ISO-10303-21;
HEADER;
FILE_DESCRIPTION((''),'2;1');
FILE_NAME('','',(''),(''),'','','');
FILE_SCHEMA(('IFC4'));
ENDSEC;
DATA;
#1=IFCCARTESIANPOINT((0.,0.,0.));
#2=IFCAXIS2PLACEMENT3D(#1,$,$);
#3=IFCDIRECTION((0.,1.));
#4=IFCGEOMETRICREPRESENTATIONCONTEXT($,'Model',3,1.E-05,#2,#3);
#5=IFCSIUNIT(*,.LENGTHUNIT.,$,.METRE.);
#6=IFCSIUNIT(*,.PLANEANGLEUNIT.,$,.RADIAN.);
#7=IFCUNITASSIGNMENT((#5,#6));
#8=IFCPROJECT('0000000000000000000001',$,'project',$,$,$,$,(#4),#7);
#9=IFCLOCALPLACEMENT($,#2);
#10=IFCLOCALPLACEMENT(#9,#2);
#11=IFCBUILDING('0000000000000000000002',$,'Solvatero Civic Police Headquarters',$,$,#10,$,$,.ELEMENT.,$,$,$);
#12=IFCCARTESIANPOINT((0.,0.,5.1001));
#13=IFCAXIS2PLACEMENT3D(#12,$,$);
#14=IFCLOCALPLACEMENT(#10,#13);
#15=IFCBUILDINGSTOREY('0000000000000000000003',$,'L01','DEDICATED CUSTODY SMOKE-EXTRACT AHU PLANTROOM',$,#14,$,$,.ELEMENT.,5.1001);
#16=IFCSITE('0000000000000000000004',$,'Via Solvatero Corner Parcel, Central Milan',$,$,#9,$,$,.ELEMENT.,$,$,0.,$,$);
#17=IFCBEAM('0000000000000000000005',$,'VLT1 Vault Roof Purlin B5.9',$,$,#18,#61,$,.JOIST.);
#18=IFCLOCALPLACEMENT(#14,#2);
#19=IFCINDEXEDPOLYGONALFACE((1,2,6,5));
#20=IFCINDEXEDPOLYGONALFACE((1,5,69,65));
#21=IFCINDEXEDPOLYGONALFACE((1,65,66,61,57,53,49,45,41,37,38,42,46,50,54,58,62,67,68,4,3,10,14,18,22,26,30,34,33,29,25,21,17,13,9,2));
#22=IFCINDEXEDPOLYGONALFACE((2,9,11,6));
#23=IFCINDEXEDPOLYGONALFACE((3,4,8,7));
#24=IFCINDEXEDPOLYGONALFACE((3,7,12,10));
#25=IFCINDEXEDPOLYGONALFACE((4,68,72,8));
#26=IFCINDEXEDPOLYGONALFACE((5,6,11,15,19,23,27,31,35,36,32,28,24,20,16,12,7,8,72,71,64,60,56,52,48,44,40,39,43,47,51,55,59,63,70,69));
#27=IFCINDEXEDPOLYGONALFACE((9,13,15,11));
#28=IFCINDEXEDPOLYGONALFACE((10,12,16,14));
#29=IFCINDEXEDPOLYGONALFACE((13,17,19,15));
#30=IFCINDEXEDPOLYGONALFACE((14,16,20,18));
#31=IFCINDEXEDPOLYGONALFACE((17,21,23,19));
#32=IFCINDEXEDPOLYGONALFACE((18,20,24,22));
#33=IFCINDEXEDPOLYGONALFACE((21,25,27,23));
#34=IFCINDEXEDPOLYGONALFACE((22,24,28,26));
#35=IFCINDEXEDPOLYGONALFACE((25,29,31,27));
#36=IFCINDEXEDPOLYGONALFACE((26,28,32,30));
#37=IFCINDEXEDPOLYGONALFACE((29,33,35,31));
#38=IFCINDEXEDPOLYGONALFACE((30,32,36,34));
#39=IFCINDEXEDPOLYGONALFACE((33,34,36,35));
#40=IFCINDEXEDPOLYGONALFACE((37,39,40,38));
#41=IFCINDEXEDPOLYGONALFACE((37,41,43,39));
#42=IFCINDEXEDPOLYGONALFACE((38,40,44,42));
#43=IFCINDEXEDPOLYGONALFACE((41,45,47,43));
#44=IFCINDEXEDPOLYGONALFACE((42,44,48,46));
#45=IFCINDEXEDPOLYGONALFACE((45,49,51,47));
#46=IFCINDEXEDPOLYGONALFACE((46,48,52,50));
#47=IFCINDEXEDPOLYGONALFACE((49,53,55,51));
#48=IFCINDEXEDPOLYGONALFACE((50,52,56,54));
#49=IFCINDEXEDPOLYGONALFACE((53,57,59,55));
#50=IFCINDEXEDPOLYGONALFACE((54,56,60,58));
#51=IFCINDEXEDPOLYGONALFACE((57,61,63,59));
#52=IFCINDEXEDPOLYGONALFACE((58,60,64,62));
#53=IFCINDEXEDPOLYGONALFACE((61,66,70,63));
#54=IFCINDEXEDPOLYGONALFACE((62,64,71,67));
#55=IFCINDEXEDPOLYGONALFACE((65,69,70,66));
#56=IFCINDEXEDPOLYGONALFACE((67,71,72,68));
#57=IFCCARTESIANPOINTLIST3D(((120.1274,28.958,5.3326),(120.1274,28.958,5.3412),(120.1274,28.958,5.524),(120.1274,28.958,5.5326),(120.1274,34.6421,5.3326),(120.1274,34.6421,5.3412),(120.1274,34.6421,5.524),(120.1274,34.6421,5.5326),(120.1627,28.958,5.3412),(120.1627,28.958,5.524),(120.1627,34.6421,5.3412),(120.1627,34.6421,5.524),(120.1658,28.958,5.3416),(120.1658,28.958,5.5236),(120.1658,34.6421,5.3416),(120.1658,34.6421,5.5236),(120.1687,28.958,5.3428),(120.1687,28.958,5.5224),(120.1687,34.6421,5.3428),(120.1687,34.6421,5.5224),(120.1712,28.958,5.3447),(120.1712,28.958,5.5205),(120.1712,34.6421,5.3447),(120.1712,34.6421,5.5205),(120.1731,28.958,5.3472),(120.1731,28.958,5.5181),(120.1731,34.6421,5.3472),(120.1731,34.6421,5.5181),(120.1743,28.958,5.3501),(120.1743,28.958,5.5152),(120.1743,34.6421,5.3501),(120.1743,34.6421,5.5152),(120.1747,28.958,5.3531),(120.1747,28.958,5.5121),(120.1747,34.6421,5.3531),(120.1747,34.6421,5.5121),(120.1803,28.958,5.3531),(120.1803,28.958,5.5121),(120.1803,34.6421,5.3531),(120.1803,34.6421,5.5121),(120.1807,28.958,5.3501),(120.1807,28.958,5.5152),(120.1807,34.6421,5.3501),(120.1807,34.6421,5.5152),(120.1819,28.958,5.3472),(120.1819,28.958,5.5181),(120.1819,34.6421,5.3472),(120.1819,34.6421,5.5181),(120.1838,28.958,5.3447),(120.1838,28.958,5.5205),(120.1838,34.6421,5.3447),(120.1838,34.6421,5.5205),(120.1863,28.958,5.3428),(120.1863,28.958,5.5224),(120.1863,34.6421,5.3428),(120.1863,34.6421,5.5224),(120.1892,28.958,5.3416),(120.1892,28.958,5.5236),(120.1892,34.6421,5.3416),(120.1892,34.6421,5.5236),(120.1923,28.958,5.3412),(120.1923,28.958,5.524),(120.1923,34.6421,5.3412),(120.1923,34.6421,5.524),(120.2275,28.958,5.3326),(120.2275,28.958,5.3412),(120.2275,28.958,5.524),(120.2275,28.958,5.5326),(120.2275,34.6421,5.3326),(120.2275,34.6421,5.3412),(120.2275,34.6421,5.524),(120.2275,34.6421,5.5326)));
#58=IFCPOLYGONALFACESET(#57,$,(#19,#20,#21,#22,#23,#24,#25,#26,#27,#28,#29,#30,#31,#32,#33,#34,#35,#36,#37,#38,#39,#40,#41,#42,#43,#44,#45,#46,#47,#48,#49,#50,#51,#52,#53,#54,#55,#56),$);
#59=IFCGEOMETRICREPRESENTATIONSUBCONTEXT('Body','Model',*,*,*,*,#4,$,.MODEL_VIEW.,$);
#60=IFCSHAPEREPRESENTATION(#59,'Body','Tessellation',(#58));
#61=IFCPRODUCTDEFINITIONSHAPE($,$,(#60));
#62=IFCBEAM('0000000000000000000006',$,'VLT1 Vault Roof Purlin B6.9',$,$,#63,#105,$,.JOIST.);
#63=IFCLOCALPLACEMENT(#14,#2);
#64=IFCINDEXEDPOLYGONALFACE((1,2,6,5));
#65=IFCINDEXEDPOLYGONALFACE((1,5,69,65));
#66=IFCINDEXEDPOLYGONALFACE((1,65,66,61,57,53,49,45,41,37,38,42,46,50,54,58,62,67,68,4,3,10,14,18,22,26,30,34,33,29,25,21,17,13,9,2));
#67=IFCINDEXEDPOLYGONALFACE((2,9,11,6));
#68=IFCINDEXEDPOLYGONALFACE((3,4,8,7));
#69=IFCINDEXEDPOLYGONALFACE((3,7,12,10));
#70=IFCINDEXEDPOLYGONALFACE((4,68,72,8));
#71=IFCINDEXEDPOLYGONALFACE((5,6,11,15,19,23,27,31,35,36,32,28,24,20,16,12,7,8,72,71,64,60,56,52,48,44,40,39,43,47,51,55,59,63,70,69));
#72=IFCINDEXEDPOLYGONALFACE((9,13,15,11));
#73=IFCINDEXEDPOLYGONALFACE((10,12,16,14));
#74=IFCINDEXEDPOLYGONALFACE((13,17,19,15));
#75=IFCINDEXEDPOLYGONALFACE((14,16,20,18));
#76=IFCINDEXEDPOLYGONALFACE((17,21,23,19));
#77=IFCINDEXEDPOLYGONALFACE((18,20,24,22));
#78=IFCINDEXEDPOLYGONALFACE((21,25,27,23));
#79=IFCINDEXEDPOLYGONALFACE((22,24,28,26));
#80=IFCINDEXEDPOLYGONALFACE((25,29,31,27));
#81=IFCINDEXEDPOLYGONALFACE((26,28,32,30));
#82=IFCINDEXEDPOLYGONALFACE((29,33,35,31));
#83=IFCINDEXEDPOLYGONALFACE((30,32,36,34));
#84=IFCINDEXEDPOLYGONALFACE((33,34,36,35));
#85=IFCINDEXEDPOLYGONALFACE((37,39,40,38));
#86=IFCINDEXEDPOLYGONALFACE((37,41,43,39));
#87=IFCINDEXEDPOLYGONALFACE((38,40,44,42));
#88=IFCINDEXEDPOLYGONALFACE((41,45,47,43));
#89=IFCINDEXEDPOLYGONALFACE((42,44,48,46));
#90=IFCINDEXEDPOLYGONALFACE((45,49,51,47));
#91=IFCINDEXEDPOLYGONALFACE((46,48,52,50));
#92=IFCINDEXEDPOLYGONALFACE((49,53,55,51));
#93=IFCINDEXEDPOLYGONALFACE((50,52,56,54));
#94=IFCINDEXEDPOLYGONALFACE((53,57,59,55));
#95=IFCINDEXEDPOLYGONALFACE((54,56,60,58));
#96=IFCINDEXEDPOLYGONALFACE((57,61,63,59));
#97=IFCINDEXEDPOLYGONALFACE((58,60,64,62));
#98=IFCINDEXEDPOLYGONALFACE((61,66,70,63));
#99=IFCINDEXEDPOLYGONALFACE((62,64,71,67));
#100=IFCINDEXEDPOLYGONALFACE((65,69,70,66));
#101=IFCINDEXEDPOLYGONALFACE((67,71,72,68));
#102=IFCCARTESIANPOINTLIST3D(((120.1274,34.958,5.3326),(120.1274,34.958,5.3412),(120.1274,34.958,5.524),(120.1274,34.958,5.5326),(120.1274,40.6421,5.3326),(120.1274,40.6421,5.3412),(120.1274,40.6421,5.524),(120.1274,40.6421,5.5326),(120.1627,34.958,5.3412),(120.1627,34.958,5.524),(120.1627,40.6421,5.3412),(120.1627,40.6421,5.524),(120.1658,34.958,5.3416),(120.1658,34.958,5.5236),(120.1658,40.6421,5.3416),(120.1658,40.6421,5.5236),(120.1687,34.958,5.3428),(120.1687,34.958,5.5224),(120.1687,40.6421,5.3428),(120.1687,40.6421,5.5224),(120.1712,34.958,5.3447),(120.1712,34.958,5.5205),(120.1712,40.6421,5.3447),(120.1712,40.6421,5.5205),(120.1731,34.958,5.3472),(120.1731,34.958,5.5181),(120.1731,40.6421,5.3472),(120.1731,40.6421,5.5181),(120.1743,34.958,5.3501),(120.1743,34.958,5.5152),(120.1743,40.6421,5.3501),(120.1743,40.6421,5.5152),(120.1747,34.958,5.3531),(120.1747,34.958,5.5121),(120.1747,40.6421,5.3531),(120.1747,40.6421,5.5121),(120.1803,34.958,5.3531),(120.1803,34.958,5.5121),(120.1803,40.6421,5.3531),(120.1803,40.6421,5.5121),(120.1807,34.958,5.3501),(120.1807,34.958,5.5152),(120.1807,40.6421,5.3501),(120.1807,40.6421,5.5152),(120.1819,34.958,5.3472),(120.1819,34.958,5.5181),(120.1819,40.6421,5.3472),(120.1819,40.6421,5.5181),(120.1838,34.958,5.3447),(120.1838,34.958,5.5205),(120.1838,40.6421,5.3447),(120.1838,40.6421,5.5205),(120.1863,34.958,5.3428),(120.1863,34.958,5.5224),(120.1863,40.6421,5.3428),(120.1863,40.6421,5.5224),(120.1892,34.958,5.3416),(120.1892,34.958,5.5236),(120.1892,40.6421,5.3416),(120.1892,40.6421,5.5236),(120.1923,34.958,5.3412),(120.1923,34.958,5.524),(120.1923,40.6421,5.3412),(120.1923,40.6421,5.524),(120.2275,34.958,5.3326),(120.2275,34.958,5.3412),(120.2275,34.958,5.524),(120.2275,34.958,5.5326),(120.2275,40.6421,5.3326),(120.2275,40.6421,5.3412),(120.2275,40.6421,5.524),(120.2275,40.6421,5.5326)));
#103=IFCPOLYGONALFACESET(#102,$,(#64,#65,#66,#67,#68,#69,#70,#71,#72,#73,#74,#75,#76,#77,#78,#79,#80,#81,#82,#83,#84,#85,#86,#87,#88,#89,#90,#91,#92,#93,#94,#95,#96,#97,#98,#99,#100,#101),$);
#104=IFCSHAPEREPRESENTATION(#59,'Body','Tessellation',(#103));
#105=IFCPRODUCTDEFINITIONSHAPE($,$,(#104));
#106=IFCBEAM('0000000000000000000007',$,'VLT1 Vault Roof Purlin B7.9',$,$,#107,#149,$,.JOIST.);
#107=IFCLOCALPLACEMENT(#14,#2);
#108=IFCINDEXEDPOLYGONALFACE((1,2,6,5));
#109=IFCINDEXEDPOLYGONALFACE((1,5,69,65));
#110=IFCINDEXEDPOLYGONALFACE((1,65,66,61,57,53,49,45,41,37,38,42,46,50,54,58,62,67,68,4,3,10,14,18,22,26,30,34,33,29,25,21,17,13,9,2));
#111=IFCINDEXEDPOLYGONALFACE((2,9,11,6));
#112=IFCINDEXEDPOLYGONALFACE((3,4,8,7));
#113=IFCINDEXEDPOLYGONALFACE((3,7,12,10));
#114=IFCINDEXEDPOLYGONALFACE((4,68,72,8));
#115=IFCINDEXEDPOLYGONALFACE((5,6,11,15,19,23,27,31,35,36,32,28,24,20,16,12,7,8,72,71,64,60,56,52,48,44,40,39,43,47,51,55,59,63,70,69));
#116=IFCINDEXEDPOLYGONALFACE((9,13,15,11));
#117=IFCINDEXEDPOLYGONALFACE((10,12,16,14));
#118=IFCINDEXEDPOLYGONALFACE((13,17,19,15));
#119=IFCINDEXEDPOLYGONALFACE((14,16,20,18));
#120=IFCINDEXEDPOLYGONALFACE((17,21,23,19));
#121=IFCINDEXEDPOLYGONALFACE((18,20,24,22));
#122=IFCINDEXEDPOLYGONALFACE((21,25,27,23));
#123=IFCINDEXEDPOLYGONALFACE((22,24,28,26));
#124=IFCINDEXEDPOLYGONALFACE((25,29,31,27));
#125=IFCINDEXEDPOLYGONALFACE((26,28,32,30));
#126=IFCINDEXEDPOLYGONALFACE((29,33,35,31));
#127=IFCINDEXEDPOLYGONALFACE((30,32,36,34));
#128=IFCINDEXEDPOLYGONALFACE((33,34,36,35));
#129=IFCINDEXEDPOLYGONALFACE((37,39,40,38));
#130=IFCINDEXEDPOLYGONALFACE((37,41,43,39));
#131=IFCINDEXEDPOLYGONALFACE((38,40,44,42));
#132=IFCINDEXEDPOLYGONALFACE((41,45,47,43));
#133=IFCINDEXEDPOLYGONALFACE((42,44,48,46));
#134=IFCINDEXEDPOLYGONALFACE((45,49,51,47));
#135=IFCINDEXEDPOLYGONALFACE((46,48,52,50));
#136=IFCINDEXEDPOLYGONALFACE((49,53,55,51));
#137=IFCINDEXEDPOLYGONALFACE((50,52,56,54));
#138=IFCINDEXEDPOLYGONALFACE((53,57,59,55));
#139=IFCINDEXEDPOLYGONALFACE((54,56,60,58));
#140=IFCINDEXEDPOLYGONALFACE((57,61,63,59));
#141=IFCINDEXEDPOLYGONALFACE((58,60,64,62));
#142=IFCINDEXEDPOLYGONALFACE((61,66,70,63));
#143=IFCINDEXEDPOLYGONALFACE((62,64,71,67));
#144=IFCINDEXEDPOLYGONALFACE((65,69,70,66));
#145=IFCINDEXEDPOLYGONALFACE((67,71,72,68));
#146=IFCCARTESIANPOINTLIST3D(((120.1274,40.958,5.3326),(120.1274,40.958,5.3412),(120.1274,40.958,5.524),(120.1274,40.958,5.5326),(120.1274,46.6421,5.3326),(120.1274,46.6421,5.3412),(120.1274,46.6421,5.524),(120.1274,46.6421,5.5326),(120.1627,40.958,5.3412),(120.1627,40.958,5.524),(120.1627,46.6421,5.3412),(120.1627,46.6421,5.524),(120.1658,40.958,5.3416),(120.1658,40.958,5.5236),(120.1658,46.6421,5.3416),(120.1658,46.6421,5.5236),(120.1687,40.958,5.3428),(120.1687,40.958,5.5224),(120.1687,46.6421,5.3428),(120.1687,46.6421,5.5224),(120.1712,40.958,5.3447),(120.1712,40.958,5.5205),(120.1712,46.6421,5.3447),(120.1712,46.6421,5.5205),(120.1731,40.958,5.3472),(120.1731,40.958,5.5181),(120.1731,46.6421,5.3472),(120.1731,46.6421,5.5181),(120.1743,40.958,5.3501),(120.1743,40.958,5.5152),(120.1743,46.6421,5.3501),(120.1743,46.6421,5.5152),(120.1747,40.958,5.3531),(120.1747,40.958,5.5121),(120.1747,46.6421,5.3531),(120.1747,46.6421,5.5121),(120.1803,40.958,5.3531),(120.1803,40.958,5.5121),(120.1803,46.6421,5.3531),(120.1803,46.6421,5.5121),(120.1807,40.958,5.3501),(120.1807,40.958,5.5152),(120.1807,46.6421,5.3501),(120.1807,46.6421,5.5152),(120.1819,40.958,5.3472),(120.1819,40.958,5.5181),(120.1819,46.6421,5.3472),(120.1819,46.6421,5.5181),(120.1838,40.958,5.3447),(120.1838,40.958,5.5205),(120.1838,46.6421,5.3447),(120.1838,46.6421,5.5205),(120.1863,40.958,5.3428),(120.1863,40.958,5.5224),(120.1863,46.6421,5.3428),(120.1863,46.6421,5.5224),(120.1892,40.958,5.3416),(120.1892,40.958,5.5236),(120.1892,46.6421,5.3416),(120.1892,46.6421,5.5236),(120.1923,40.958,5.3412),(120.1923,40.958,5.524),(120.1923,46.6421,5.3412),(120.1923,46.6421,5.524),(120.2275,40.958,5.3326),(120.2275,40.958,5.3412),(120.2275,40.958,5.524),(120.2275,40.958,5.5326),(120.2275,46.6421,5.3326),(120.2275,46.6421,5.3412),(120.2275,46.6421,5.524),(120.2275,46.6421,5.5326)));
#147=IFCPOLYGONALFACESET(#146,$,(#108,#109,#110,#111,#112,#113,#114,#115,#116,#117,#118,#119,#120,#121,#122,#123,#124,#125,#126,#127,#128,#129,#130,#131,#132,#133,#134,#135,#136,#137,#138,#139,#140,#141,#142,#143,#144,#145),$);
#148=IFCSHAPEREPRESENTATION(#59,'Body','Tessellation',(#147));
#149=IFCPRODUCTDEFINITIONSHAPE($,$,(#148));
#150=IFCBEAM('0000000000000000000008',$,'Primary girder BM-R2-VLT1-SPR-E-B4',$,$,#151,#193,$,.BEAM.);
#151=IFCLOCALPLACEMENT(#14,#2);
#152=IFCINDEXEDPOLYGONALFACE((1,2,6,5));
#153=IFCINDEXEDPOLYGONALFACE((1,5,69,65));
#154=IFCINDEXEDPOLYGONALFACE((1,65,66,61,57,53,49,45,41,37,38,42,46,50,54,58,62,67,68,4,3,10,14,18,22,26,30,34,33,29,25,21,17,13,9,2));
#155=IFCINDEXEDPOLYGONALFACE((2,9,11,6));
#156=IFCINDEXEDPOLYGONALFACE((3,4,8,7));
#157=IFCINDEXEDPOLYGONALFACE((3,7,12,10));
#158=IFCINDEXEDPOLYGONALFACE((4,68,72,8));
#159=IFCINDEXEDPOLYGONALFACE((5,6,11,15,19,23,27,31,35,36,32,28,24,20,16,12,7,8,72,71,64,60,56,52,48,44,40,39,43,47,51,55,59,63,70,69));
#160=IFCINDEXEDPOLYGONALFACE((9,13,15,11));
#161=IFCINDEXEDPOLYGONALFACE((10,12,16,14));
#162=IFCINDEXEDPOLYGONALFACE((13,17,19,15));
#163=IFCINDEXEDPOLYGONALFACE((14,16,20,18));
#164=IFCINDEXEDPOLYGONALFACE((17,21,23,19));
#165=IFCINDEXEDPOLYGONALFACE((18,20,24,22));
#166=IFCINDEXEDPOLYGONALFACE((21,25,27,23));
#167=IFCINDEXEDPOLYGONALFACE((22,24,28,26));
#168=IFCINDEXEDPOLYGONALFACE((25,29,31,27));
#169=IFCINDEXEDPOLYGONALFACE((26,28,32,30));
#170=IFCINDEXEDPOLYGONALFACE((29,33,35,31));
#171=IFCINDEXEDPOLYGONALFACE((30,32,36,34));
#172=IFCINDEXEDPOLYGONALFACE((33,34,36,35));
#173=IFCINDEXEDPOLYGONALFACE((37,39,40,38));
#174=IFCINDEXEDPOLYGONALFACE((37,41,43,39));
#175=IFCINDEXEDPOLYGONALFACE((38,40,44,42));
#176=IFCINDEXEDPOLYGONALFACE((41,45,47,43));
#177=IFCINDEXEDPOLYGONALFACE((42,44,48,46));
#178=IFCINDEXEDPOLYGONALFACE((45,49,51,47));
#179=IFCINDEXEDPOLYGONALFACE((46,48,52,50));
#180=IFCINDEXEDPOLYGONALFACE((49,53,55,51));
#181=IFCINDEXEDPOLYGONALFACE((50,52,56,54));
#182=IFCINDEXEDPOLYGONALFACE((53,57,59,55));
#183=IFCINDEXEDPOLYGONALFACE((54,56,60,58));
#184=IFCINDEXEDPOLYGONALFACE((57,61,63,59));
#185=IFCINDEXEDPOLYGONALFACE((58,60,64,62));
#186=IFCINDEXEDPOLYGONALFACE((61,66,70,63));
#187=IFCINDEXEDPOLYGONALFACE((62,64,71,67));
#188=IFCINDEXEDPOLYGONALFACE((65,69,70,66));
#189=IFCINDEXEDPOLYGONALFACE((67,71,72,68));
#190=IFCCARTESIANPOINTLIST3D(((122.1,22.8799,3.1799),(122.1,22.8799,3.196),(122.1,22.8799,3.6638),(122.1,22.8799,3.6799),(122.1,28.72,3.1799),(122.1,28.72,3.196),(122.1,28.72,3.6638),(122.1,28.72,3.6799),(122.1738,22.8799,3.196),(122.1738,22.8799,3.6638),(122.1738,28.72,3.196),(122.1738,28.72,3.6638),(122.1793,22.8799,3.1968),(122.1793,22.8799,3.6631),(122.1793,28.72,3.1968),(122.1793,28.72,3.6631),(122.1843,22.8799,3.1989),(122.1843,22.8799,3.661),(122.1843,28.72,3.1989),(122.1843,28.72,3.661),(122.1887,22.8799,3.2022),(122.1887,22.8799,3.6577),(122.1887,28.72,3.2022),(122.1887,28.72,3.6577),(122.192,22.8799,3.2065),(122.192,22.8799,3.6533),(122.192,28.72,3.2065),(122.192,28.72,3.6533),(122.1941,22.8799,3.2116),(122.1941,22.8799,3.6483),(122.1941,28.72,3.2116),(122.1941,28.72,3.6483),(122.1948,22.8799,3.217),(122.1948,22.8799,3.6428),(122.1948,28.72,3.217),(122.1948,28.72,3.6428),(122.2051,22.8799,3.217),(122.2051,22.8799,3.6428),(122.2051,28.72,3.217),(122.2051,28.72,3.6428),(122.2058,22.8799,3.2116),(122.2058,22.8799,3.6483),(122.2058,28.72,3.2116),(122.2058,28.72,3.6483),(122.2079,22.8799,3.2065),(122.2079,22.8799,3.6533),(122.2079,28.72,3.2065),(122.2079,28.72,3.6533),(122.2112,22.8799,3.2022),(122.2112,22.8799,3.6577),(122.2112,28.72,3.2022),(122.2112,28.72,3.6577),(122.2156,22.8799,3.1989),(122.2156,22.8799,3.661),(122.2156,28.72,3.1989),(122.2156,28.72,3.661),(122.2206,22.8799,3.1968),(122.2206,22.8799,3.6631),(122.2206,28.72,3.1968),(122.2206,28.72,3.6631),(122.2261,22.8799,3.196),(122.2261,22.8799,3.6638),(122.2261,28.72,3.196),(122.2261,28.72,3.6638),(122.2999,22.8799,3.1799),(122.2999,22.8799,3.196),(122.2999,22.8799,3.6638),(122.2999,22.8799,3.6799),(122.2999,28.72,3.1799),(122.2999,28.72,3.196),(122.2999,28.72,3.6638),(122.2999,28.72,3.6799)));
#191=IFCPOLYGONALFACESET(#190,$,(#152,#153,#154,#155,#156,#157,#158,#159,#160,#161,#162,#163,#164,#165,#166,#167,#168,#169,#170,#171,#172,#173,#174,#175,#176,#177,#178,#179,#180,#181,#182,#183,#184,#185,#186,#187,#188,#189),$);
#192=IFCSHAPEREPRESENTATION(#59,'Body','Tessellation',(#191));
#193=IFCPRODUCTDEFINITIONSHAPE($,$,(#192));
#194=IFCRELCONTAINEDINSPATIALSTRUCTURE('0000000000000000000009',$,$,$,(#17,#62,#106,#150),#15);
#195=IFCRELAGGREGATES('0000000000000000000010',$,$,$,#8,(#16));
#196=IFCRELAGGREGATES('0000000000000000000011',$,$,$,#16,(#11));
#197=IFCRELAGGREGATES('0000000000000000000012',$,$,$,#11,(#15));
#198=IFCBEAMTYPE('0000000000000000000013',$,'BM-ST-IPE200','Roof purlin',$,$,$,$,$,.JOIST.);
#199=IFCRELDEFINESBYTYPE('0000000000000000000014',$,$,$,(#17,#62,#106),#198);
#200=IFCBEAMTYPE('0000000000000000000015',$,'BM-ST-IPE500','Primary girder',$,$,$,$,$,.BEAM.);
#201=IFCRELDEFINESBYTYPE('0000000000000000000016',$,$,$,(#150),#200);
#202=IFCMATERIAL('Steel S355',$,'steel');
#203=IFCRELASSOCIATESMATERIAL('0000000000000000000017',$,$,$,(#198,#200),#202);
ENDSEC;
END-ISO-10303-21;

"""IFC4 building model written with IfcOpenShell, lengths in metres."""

from ifc_helpers import new_model, si_unit, direction, frame, origin, origin_2d, place, context, subcontext, project, spatial, i_section, extrude, material, material_profile, profile_set, type_object, element, save


model = new_model("IFC4")

# Units and contexts
model_context = context("Model", 3, precision=1e-05, world=origin(), true_north=direction((0.0, 1.0)))
body_context = subcontext(model_context, "Body", "Model", "MODEL_VIEW")
ifc_project = project(units=[si_unit("LENGTHUNIT", "METRE"), si_unit("PLANEANGLEUNIT", "RADIAN")], contexts=[model_context])

# Site, building, storey
site_placement = place(None, origin())
site = spatial("IfcSite", under=ifc_project, at=site_placement, Name="Via Solvatero Corner Parcel, Central Milan", CompositionType="ELEMENT", RefElevation=0.0)
building_placement = place(site_placement, origin())
building = spatial("IfcBuilding", under=site, at=building_placement, Name="Solvatero Civic Police Headquarters", CompositionType="ELEMENT")
storey_placement = place(building_placement, frame((0.0, 0.0, 5.1001)))
storey = spatial("IfcBuildingStorey", under=building, at=storey_placement, Name="L01", Description="DEDICATED CUSTODY SMOKE-EXTRACT AHU PLANTROOM", CompositionType="ELEMENT", Elevation=5.1001)

# Shared definitions
ifc_material_1 = material(Name="Steel S355", Category="steel")

# Beams
ifc_material_profile_1 = material_profile(ifc_material_1, i_section(OverallWidth=0.1001, OverallDepth=0.2, WebThickness=0.0056, FlangeThickness=0.0085, FilletRadius=0.012, at=origin_2d()), Name="IPE 200")
ifc_profile_set_1 = profile_set([ifc_material_profile_1], Name="Steel S355")
beam_type_1 = type_object("IfcBeamType", Name="BM-ST-IPE200", Description="Roof purlin", PredefinedType="JOIST", material=ifc_profile_set_1)
for number, where, z_axis, x_axis, name in (
    (1, (120.1775, 28.958, 5.4326), (0.0, 1.0, 0.0), (-1.0, 0.0, 0.0), "VLT1 Vault Roof Purlin B5.9"),
    (2, (120.1775, 34.958, 5.4326), (0.0, 1.0, 0.0), (-1.0, 0.0, 0.0), "VLT1 Vault Roof Purlin B6.9"),
    (3, (120.1775, 40.958, 5.4326), (0.0, 1.0, 0.0), (-1.0, 0.0, 0.0), "VLT1 Vault Roof Purlin B7.9"),
):
    element("IfcBeam", number, at=place(storey_placement, frame(where, z_axis=z_axis, x_axis=x_axis)), inside=storey, type_object=beam_type_1, Name=name, PredefinedType="JOIST", context=body_context, shape_type="SweptSolid", body=[
        extrude(i_section(OverallWidth=0.1001, OverallDepth=0.2, WebThickness=0.0056, FlangeThickness=0.0085, FilletRadius=0.012, at=origin_2d()), origin(), (0.0, 0.0, 1.0), 5.6841),
    ])
ifc_material_profile_2 = material_profile(ifc_material_1, i_section(OverallWidth=0.2, OverallDepth=0.5, WebThickness=0.0103, FlangeThickness=0.0161, FilletRadius=0.021, at=origin_2d()), Name="IPE 500")
ifc_profile_set_2 = profile_set([ifc_material_profile_2], Name="Steel S355")
beam_type_2 = type_object("IfcBeamType", Name="BM-ST-IPE500", Description="Primary girder", PredefinedType="BEAM", material=ifc_profile_set_2)
for number, where, z_axis, x_axis, name in (
    (4, (122.2, 22.8799, 3.4299), (0.0, 1.0, 0.0), (-1.0, 0.0, 0.0), "Primary girder BM-R2-VLT1-SPR-E-B4"),
):
    element("IfcBeam", number, at=place(storey_placement, frame(where, z_axis=z_axis, x_axis=x_axis)), inside=storey, type_object=beam_type_2, Name=name, PredefinedType="BEAM", context=body_context, shape_type="SweptSolid", body=[
        extrude(i_section(OverallWidth=0.2, OverallDepth=0.5, WebThickness=0.0103, FlangeThickness=0.0161, FilletRadius=0.021, at=origin_2d()), origin(), (0.0, 0.0, 1.0), 5.8401),
    ])

save(model, "model.ifc")
